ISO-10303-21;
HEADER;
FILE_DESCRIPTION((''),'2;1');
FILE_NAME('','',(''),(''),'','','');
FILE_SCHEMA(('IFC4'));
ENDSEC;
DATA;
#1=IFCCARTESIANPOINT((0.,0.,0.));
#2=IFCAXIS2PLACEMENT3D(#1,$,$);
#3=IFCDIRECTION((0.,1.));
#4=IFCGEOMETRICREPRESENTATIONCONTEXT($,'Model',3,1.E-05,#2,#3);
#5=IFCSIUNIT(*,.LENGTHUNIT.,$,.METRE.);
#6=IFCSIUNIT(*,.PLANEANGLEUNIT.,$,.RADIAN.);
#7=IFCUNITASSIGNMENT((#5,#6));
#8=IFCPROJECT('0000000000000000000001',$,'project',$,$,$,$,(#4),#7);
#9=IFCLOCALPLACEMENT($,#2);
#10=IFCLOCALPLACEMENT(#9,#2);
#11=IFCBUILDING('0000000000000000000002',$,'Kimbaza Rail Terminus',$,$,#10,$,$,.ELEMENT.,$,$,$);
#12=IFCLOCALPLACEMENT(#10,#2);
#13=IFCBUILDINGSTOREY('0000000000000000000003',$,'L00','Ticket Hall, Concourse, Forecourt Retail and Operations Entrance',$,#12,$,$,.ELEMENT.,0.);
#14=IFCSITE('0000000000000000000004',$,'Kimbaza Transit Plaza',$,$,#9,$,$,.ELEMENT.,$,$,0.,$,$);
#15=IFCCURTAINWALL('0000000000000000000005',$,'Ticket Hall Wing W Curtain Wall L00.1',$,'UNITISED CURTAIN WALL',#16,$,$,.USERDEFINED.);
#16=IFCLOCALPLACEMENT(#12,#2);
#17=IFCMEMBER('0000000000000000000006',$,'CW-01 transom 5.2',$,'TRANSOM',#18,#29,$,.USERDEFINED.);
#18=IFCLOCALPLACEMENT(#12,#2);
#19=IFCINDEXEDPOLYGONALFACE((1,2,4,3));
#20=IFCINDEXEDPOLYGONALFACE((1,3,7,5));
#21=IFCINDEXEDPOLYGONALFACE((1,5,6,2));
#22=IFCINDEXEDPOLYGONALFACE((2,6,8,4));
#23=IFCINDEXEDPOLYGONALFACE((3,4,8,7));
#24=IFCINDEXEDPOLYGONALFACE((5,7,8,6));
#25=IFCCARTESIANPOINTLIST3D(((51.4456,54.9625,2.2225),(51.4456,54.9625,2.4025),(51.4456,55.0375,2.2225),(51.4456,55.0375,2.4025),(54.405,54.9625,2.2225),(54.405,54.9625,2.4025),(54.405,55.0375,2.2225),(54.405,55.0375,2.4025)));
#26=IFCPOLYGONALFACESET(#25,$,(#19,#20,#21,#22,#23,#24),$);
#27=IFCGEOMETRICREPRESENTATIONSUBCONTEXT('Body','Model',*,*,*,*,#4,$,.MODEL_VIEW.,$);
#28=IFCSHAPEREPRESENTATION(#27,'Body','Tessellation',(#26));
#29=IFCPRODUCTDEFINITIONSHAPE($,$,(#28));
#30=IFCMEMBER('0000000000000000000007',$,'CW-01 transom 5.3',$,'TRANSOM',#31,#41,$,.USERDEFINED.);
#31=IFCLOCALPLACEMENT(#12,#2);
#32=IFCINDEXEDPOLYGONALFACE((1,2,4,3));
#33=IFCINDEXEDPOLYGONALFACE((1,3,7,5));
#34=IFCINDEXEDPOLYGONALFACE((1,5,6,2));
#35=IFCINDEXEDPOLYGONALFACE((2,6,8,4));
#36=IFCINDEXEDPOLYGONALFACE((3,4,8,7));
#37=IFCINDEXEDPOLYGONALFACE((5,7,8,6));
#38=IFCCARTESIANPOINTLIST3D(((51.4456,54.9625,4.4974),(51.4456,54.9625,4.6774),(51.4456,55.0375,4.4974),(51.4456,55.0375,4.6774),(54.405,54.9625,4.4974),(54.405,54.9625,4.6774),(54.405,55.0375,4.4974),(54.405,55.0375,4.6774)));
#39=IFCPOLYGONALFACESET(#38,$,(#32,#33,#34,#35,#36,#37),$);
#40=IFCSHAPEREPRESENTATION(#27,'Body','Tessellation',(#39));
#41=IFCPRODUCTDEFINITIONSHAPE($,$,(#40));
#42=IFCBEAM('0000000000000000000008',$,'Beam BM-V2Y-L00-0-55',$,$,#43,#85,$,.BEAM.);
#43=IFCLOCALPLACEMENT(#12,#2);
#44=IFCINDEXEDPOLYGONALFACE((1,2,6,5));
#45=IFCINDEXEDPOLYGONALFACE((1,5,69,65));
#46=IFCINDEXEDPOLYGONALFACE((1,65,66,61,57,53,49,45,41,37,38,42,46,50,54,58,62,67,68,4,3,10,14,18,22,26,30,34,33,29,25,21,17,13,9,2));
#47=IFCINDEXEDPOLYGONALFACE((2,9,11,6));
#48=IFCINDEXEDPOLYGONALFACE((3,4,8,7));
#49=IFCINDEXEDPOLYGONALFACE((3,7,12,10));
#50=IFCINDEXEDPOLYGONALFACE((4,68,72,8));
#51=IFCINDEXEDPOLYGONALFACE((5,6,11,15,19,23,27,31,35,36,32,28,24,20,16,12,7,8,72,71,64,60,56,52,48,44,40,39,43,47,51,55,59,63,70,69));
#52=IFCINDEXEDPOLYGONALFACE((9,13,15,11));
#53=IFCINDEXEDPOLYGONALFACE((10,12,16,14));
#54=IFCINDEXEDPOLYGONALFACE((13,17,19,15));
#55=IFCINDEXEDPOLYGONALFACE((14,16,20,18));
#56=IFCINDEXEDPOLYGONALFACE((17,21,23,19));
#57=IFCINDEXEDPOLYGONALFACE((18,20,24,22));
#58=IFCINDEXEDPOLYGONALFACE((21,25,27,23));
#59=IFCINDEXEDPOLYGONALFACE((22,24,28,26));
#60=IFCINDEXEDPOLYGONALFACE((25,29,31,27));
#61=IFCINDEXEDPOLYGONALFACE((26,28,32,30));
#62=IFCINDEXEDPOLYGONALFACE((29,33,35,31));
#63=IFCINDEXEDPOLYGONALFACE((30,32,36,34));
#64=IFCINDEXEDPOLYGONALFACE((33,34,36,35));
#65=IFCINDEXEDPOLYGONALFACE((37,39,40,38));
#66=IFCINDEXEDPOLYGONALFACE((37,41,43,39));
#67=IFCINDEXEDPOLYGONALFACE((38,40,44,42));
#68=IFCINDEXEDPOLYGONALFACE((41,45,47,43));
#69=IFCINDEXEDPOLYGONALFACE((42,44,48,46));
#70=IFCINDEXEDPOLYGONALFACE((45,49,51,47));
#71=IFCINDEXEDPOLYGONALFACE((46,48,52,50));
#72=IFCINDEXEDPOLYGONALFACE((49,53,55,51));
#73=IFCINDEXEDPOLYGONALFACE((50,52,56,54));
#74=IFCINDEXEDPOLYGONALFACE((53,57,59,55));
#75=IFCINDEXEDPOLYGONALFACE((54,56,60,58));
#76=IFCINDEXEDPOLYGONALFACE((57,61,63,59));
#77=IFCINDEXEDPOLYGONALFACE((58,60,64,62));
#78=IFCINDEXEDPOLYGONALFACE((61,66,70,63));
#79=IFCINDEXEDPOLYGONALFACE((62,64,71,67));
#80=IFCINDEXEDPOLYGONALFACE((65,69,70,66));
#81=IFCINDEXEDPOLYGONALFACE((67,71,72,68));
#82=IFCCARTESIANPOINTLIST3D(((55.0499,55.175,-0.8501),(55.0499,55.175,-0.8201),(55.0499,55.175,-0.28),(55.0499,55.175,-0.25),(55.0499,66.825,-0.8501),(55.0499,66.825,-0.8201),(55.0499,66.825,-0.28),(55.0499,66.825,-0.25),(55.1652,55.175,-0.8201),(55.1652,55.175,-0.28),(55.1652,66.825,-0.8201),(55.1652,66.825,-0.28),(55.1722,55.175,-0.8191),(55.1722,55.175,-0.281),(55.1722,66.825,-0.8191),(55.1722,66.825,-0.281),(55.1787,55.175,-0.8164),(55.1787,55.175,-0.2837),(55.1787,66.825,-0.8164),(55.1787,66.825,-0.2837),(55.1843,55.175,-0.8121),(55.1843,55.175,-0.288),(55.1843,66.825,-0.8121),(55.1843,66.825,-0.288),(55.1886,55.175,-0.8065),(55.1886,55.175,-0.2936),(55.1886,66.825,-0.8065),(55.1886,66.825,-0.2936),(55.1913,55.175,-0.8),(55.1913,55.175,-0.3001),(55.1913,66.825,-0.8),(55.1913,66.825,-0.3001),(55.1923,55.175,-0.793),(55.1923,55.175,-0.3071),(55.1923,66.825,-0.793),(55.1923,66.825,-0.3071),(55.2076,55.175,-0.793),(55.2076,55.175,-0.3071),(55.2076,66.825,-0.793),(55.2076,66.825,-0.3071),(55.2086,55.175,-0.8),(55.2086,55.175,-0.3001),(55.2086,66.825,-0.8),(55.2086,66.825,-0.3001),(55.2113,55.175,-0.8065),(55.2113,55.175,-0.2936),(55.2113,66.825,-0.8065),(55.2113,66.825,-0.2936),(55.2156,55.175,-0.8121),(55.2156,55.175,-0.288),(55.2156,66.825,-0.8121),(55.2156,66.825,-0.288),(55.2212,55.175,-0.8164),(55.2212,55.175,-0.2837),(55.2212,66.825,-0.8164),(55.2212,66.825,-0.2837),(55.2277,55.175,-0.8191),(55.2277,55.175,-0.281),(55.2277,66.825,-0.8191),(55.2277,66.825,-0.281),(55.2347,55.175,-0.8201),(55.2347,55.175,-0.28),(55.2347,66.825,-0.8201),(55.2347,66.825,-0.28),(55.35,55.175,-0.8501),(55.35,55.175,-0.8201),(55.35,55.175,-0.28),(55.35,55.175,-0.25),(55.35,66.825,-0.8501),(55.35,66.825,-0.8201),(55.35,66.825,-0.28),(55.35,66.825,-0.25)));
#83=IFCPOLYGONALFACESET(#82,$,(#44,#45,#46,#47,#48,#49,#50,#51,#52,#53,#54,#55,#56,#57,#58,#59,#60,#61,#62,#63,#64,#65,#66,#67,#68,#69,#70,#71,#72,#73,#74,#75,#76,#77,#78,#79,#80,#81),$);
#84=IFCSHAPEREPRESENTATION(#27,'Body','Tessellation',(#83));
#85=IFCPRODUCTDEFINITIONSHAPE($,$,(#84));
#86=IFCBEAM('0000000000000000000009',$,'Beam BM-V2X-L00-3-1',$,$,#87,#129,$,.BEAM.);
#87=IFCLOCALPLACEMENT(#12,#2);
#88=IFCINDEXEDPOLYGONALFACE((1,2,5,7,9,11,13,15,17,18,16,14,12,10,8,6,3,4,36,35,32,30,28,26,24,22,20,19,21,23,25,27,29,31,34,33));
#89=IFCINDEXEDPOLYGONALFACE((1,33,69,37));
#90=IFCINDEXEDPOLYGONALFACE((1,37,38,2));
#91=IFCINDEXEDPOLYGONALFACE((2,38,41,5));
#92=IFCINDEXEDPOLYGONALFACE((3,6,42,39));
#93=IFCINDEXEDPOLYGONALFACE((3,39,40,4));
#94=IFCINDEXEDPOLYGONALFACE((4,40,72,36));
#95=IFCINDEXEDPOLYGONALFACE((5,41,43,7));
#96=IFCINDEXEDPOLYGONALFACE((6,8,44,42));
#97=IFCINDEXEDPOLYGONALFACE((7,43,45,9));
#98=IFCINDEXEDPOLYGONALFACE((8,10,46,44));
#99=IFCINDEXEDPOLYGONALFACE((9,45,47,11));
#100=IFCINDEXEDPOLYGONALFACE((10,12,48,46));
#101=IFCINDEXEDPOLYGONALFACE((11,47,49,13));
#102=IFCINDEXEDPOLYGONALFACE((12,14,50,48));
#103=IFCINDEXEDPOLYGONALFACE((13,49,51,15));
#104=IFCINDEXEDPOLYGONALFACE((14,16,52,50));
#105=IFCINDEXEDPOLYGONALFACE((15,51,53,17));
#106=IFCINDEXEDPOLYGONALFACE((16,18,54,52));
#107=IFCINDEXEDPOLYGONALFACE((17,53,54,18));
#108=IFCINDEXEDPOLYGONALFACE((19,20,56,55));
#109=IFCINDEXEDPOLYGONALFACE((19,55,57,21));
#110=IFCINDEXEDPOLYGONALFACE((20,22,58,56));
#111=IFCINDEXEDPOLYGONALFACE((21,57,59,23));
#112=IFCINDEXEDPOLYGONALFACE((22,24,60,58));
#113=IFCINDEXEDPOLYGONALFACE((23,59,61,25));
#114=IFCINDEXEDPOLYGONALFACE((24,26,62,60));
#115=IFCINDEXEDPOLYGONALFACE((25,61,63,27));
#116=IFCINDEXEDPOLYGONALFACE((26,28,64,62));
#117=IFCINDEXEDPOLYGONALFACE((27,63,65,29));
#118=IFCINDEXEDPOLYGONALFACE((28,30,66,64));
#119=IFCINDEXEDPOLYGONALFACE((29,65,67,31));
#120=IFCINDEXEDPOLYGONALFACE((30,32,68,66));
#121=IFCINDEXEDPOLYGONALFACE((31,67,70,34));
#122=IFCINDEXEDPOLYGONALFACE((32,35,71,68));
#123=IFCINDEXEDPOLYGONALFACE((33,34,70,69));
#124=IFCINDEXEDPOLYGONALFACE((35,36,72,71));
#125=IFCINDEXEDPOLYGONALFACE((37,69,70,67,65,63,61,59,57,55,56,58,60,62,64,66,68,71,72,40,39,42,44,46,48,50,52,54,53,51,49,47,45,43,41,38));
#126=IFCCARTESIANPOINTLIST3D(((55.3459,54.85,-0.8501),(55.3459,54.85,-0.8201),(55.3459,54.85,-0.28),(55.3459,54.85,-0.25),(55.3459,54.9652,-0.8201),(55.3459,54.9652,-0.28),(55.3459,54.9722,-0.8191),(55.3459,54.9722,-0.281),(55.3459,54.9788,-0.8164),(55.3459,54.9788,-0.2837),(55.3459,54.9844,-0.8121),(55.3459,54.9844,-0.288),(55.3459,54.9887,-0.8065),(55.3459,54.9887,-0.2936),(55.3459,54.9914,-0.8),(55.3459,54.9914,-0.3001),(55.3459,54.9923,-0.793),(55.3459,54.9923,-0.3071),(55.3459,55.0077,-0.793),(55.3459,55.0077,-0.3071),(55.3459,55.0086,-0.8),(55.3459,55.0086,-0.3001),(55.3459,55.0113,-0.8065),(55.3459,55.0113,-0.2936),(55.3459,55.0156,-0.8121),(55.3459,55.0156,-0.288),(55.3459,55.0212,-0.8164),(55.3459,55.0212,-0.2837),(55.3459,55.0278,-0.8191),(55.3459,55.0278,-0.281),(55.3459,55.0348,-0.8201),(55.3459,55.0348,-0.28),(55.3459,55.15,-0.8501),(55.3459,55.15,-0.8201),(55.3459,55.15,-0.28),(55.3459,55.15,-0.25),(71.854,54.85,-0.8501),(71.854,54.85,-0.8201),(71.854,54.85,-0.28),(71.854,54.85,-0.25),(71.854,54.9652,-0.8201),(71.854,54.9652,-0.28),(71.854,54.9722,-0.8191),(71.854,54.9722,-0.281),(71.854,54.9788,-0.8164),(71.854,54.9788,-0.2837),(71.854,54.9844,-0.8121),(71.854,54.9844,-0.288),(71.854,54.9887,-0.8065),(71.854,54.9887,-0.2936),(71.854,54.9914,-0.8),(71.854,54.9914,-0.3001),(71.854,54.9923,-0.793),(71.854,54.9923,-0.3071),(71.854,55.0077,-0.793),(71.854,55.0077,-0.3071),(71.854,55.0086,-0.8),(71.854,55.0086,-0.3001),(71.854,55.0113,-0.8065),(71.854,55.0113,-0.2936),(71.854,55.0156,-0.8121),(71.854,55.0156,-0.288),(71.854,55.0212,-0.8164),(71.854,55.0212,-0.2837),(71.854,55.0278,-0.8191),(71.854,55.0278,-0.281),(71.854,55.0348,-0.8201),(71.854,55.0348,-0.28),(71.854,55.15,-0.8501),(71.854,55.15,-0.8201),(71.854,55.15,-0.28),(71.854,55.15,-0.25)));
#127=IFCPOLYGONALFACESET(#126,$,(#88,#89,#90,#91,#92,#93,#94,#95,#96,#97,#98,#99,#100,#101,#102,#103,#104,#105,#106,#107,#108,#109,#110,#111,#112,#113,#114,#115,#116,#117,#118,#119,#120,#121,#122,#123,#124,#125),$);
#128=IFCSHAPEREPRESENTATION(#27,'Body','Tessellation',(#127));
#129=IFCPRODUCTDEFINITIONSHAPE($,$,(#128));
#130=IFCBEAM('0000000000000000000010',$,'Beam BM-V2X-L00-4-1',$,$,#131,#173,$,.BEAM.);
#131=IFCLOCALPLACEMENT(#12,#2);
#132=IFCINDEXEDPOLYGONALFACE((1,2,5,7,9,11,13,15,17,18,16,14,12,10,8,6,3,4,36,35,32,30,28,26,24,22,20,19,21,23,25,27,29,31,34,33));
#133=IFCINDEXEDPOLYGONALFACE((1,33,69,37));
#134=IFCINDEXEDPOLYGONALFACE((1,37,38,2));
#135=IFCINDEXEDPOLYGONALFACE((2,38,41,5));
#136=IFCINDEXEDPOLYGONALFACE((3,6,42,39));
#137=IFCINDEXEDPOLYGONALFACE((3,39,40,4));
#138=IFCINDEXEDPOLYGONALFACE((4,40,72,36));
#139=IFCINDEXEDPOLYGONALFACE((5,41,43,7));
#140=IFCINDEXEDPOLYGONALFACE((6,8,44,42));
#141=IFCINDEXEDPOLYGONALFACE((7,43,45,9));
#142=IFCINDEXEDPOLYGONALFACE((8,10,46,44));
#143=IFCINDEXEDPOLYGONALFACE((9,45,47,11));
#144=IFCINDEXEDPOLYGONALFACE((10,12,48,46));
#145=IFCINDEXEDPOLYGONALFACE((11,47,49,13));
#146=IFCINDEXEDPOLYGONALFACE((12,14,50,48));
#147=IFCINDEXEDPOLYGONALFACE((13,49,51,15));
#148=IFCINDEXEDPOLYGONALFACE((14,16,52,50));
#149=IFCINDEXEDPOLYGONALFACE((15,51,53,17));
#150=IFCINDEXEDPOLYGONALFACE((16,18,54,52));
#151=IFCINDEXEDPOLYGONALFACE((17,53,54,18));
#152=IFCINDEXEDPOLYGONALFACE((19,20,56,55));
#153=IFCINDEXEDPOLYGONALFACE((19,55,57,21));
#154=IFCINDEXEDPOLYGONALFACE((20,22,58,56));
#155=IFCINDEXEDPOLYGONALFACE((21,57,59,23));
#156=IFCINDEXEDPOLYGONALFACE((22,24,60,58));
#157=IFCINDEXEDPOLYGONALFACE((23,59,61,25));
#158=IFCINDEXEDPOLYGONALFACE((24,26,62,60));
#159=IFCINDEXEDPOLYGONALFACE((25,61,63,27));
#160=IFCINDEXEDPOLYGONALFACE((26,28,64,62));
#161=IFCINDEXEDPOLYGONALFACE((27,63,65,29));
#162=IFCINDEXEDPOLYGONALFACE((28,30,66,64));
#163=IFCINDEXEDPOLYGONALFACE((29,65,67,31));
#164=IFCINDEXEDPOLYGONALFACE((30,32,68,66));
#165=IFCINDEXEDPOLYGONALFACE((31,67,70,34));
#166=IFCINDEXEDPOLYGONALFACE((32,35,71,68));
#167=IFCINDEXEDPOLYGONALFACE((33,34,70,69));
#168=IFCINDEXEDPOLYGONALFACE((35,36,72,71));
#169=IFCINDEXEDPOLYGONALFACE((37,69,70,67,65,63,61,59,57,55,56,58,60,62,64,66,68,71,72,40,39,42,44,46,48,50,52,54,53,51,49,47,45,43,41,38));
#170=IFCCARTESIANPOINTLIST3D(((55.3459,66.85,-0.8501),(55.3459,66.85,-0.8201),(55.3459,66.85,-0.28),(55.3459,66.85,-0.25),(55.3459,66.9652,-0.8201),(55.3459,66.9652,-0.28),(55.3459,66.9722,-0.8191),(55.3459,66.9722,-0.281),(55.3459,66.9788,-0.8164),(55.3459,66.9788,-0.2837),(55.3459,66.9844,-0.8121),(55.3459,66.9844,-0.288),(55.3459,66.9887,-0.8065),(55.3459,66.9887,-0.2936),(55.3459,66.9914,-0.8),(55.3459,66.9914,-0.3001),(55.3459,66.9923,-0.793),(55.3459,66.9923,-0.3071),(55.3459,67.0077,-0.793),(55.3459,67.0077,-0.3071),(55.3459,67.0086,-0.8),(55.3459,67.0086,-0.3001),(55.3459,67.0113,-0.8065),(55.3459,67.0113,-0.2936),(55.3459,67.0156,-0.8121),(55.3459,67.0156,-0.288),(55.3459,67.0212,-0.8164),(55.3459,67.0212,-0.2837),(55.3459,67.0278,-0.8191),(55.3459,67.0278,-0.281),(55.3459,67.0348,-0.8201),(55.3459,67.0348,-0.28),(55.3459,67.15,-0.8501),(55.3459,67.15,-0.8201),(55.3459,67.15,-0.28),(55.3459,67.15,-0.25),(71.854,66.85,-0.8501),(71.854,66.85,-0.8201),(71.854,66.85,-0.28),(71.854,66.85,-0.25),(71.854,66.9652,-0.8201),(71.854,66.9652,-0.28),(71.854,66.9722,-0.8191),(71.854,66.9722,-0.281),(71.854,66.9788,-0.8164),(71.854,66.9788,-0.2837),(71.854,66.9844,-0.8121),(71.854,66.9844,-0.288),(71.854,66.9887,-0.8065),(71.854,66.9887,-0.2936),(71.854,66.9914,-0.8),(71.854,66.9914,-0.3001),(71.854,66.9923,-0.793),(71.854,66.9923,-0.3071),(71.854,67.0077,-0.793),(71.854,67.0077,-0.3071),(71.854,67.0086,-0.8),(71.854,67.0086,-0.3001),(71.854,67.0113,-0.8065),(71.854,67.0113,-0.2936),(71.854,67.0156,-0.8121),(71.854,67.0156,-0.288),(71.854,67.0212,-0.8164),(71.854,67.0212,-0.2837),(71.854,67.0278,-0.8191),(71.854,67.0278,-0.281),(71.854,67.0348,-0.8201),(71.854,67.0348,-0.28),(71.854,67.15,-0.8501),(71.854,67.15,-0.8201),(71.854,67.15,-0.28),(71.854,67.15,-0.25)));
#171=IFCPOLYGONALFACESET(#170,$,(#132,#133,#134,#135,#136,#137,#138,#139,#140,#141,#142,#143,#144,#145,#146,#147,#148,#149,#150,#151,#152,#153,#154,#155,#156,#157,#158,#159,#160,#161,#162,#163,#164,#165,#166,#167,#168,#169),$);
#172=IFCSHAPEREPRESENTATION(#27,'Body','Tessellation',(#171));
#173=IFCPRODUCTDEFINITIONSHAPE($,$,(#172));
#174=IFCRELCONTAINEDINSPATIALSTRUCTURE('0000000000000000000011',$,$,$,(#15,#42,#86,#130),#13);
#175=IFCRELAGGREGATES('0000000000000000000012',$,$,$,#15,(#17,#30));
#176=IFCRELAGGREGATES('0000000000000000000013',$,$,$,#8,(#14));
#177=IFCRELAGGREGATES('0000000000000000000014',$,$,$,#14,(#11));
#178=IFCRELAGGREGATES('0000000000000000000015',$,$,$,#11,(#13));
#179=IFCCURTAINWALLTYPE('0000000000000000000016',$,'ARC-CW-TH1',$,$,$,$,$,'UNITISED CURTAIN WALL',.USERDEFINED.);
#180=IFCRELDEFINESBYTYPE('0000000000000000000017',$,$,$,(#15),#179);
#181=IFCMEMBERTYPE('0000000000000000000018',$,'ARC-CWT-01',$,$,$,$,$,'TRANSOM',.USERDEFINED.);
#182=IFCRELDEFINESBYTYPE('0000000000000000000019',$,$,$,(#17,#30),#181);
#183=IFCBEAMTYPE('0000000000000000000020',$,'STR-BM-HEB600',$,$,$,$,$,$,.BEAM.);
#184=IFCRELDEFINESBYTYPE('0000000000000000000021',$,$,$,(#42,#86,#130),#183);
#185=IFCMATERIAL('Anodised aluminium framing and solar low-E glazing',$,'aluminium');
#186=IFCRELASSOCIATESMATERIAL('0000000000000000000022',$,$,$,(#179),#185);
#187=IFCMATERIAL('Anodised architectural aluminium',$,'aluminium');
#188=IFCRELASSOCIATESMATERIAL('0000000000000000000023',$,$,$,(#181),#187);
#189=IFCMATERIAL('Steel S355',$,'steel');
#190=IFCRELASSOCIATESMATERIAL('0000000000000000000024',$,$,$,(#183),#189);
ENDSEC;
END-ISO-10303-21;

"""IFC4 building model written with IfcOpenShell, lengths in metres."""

from ifc_helpers import new_model, si_unit, direction, frame, origin, origin_2d, place, context, subcontext, project, spatial, rectangle, i_section, extrude, material, material_profile, profile_set, type_object, element, aggregate, save


model = new_model("IFC4")

# Units and contexts
model_context = context("Model", 3, precision=1e-05, world=origin(), true_north=direction((0.0, 1.0)))
body_context = subcontext(model_context, "Body", "Model", "MODEL_VIEW")
ifc_project = project(units=[si_unit("LENGTHUNIT", "METRE"), si_unit("PLANEANGLEUNIT", "RADIAN")], contexts=[model_context])

# Site, building, storey
site_placement = place(None, origin())
site = spatial("IfcSite", under=ifc_project, at=site_placement, Name="Kimbaza Transit Plaza", CompositionType="ELEMENT", RefElevation=0.0)
building_placement = place(site_placement, origin())
building = spatial("IfcBuilding", under=site, at=building_placement, Name="Kimbaza Rail Terminus", CompositionType="ELEMENT")
storey_placement = place(building_placement, origin())
storey = spatial("IfcBuildingStorey", under=building, at=storey_placement, Name="L00", Description="Ticket Hall, Concourse, Forecourt Retail and Operations Entrance", CompositionType="ELEMENT", Elevation=0.0)

# Curtain wall, members
ifc_material_1 = material(Name="Anodised aluminium framing and solar low-E glazing", Category="aluminium")
curtain_wall_type = type_object("IfcCurtainWallType", Name="ARC-CW-TH1", ElementType="UNITISED CURTAIN WALL", PredefinedType="USERDEFINED", material=ifc_material_1)
curtain_wall_placement = place(storey_placement, origin())
curtain_wall = element("IfcCurtainWall", 1, at=curtain_wall_placement, inside=storey, type_object=curtain_wall_type, Name="Ticket Hall Wing W Curtain Wall L00.1", ObjectType="UNITISED CURTAIN WALL", PredefinedType="USERDEFINED")
ifc_material_2 = material(Name="Anodised architectural aluminium", Category="aluminium")
ifc_material_profile_1 = material_profile(ifc_material_2, rectangle(XDim=0.075, YDim=0.1799, at=origin_2d()), Name="TRANSOM 75x180")
ifc_profile_set_1 = profile_set([ifc_material_profile_1], Name="Anodised architectural aluminium")
member_type_1 = type_object("IfcMemberType", Name="ARC-CWT-01", ElementType="TRANSOM", PredefinedType="USERDEFINED", material=ifc_profile_set_1)
member_1_placement = place(storey_placement, frame((51.4456, 55.0, 2.3125), z_axis=(1.0, 0.0, 0.0), x_axis=(0.0, 1.0, 0.0)))
member_1 = element("IfcMember", 2, at=member_1_placement, type_object=member_type_1, Name="CW-01 transom 5.2", ObjectType="TRANSOM", PredefinedType="USERDEFINED", context=body_context, shape_type="SweptSolid", body=[
    extrude(rectangle(XDim=0.075, YDim=0.1799, at=origin_2d()), origin(), (0.0, 0.0, 1.0), 2.9595),
])
member_2_placement = place(storey_placement, frame((51.4456, 55.0, 4.5874), z_axis=(1.0, 0.0, 0.0), x_axis=(0.0, 1.0, 0.0)))
member_2 = element("IfcMember", 3, at=member_2_placement, type_object=member_type_1, Name="CW-01 transom 5.3", ObjectType="TRANSOM", PredefinedType="USERDEFINED", context=body_context, shape_type="SweptSolid", body=[
    extrude(rectangle(XDim=0.075, YDim=0.1799, at=origin_2d()), origin(), (0.0, 0.0, 1.0), 2.9595),
])

# Beams
ifc_material_3 = material(Name="Steel S355", Category="steel")
ifc_material_profile_2 = material_profile(ifc_material_3, i_section(OverallWidth=0.3, OverallDepth=0.6001, WebThickness=0.0154, FlangeThickness=0.03, FilletRadius=0.0271, at=origin_2d()), Name="HEB 600")
ifc_profile_set_2 = profile_set([ifc_material_profile_2], Name="Steel S355")
beam_type_1 = type_object("IfcBeamType", Name="STR-BM-HEB600", PredefinedType="BEAM", material=ifc_profile_set_2)
beam_1_placement = place(storey_placement, frame((55.2, 55.175, -0.55), z_axis=(0.0, 1.0, 0.0), x_axis=(-1.0, 0.0, 0.0)))
element("IfcBeam", 4, at=beam_1_placement, inside=storey, type_object=beam_type_1, Name="Beam BM-V2Y-L00-0-55", PredefinedType="BEAM", context=body_context, shape_type="SweptSolid", body=[
    extrude(i_section(OverallWidth=0.3, OverallDepth=0.6001, WebThickness=0.0154, FlangeThickness=0.03, FilletRadius=0.0271, at=origin_2d()), origin(), (0.0, 0.0, 1.0), 11.6499),
])
for number, where, z_axis, x_axis, name in (
    (5, (55.3459, 55.0, -0.55), (1.0, 0.0, 0.0), (0.0, 1.0, 0.0), "Beam BM-V2X-L00-3-1"),
    (6, (55.3459, 67.0, -0.55), (1.0, 0.0, 0.0), (0.0, 1.0, 0.0), "Beam BM-V2X-L00-4-1"),
):
    element("IfcBeam", number, at=place(storey_placement, frame(where, z_axis=z_axis, x_axis=x_axis)), inside=storey, type_object=beam_type_1, Name=name, PredefinedType="BEAM", context=body_context, shape_type="SweptSolid", body=[
        extrude(i_section(OverallWidth=0.3, OverallDepth=0.6001, WebThickness=0.0154, FlangeThickness=0.03, FilletRadius=0.0271, at=origin_2d()), origin(), (0.0, 0.0, 1.0), 16.5081),
    ])

aggregate(curtain_wall, [member_1, member_2])

save(model, "model.ifc")
